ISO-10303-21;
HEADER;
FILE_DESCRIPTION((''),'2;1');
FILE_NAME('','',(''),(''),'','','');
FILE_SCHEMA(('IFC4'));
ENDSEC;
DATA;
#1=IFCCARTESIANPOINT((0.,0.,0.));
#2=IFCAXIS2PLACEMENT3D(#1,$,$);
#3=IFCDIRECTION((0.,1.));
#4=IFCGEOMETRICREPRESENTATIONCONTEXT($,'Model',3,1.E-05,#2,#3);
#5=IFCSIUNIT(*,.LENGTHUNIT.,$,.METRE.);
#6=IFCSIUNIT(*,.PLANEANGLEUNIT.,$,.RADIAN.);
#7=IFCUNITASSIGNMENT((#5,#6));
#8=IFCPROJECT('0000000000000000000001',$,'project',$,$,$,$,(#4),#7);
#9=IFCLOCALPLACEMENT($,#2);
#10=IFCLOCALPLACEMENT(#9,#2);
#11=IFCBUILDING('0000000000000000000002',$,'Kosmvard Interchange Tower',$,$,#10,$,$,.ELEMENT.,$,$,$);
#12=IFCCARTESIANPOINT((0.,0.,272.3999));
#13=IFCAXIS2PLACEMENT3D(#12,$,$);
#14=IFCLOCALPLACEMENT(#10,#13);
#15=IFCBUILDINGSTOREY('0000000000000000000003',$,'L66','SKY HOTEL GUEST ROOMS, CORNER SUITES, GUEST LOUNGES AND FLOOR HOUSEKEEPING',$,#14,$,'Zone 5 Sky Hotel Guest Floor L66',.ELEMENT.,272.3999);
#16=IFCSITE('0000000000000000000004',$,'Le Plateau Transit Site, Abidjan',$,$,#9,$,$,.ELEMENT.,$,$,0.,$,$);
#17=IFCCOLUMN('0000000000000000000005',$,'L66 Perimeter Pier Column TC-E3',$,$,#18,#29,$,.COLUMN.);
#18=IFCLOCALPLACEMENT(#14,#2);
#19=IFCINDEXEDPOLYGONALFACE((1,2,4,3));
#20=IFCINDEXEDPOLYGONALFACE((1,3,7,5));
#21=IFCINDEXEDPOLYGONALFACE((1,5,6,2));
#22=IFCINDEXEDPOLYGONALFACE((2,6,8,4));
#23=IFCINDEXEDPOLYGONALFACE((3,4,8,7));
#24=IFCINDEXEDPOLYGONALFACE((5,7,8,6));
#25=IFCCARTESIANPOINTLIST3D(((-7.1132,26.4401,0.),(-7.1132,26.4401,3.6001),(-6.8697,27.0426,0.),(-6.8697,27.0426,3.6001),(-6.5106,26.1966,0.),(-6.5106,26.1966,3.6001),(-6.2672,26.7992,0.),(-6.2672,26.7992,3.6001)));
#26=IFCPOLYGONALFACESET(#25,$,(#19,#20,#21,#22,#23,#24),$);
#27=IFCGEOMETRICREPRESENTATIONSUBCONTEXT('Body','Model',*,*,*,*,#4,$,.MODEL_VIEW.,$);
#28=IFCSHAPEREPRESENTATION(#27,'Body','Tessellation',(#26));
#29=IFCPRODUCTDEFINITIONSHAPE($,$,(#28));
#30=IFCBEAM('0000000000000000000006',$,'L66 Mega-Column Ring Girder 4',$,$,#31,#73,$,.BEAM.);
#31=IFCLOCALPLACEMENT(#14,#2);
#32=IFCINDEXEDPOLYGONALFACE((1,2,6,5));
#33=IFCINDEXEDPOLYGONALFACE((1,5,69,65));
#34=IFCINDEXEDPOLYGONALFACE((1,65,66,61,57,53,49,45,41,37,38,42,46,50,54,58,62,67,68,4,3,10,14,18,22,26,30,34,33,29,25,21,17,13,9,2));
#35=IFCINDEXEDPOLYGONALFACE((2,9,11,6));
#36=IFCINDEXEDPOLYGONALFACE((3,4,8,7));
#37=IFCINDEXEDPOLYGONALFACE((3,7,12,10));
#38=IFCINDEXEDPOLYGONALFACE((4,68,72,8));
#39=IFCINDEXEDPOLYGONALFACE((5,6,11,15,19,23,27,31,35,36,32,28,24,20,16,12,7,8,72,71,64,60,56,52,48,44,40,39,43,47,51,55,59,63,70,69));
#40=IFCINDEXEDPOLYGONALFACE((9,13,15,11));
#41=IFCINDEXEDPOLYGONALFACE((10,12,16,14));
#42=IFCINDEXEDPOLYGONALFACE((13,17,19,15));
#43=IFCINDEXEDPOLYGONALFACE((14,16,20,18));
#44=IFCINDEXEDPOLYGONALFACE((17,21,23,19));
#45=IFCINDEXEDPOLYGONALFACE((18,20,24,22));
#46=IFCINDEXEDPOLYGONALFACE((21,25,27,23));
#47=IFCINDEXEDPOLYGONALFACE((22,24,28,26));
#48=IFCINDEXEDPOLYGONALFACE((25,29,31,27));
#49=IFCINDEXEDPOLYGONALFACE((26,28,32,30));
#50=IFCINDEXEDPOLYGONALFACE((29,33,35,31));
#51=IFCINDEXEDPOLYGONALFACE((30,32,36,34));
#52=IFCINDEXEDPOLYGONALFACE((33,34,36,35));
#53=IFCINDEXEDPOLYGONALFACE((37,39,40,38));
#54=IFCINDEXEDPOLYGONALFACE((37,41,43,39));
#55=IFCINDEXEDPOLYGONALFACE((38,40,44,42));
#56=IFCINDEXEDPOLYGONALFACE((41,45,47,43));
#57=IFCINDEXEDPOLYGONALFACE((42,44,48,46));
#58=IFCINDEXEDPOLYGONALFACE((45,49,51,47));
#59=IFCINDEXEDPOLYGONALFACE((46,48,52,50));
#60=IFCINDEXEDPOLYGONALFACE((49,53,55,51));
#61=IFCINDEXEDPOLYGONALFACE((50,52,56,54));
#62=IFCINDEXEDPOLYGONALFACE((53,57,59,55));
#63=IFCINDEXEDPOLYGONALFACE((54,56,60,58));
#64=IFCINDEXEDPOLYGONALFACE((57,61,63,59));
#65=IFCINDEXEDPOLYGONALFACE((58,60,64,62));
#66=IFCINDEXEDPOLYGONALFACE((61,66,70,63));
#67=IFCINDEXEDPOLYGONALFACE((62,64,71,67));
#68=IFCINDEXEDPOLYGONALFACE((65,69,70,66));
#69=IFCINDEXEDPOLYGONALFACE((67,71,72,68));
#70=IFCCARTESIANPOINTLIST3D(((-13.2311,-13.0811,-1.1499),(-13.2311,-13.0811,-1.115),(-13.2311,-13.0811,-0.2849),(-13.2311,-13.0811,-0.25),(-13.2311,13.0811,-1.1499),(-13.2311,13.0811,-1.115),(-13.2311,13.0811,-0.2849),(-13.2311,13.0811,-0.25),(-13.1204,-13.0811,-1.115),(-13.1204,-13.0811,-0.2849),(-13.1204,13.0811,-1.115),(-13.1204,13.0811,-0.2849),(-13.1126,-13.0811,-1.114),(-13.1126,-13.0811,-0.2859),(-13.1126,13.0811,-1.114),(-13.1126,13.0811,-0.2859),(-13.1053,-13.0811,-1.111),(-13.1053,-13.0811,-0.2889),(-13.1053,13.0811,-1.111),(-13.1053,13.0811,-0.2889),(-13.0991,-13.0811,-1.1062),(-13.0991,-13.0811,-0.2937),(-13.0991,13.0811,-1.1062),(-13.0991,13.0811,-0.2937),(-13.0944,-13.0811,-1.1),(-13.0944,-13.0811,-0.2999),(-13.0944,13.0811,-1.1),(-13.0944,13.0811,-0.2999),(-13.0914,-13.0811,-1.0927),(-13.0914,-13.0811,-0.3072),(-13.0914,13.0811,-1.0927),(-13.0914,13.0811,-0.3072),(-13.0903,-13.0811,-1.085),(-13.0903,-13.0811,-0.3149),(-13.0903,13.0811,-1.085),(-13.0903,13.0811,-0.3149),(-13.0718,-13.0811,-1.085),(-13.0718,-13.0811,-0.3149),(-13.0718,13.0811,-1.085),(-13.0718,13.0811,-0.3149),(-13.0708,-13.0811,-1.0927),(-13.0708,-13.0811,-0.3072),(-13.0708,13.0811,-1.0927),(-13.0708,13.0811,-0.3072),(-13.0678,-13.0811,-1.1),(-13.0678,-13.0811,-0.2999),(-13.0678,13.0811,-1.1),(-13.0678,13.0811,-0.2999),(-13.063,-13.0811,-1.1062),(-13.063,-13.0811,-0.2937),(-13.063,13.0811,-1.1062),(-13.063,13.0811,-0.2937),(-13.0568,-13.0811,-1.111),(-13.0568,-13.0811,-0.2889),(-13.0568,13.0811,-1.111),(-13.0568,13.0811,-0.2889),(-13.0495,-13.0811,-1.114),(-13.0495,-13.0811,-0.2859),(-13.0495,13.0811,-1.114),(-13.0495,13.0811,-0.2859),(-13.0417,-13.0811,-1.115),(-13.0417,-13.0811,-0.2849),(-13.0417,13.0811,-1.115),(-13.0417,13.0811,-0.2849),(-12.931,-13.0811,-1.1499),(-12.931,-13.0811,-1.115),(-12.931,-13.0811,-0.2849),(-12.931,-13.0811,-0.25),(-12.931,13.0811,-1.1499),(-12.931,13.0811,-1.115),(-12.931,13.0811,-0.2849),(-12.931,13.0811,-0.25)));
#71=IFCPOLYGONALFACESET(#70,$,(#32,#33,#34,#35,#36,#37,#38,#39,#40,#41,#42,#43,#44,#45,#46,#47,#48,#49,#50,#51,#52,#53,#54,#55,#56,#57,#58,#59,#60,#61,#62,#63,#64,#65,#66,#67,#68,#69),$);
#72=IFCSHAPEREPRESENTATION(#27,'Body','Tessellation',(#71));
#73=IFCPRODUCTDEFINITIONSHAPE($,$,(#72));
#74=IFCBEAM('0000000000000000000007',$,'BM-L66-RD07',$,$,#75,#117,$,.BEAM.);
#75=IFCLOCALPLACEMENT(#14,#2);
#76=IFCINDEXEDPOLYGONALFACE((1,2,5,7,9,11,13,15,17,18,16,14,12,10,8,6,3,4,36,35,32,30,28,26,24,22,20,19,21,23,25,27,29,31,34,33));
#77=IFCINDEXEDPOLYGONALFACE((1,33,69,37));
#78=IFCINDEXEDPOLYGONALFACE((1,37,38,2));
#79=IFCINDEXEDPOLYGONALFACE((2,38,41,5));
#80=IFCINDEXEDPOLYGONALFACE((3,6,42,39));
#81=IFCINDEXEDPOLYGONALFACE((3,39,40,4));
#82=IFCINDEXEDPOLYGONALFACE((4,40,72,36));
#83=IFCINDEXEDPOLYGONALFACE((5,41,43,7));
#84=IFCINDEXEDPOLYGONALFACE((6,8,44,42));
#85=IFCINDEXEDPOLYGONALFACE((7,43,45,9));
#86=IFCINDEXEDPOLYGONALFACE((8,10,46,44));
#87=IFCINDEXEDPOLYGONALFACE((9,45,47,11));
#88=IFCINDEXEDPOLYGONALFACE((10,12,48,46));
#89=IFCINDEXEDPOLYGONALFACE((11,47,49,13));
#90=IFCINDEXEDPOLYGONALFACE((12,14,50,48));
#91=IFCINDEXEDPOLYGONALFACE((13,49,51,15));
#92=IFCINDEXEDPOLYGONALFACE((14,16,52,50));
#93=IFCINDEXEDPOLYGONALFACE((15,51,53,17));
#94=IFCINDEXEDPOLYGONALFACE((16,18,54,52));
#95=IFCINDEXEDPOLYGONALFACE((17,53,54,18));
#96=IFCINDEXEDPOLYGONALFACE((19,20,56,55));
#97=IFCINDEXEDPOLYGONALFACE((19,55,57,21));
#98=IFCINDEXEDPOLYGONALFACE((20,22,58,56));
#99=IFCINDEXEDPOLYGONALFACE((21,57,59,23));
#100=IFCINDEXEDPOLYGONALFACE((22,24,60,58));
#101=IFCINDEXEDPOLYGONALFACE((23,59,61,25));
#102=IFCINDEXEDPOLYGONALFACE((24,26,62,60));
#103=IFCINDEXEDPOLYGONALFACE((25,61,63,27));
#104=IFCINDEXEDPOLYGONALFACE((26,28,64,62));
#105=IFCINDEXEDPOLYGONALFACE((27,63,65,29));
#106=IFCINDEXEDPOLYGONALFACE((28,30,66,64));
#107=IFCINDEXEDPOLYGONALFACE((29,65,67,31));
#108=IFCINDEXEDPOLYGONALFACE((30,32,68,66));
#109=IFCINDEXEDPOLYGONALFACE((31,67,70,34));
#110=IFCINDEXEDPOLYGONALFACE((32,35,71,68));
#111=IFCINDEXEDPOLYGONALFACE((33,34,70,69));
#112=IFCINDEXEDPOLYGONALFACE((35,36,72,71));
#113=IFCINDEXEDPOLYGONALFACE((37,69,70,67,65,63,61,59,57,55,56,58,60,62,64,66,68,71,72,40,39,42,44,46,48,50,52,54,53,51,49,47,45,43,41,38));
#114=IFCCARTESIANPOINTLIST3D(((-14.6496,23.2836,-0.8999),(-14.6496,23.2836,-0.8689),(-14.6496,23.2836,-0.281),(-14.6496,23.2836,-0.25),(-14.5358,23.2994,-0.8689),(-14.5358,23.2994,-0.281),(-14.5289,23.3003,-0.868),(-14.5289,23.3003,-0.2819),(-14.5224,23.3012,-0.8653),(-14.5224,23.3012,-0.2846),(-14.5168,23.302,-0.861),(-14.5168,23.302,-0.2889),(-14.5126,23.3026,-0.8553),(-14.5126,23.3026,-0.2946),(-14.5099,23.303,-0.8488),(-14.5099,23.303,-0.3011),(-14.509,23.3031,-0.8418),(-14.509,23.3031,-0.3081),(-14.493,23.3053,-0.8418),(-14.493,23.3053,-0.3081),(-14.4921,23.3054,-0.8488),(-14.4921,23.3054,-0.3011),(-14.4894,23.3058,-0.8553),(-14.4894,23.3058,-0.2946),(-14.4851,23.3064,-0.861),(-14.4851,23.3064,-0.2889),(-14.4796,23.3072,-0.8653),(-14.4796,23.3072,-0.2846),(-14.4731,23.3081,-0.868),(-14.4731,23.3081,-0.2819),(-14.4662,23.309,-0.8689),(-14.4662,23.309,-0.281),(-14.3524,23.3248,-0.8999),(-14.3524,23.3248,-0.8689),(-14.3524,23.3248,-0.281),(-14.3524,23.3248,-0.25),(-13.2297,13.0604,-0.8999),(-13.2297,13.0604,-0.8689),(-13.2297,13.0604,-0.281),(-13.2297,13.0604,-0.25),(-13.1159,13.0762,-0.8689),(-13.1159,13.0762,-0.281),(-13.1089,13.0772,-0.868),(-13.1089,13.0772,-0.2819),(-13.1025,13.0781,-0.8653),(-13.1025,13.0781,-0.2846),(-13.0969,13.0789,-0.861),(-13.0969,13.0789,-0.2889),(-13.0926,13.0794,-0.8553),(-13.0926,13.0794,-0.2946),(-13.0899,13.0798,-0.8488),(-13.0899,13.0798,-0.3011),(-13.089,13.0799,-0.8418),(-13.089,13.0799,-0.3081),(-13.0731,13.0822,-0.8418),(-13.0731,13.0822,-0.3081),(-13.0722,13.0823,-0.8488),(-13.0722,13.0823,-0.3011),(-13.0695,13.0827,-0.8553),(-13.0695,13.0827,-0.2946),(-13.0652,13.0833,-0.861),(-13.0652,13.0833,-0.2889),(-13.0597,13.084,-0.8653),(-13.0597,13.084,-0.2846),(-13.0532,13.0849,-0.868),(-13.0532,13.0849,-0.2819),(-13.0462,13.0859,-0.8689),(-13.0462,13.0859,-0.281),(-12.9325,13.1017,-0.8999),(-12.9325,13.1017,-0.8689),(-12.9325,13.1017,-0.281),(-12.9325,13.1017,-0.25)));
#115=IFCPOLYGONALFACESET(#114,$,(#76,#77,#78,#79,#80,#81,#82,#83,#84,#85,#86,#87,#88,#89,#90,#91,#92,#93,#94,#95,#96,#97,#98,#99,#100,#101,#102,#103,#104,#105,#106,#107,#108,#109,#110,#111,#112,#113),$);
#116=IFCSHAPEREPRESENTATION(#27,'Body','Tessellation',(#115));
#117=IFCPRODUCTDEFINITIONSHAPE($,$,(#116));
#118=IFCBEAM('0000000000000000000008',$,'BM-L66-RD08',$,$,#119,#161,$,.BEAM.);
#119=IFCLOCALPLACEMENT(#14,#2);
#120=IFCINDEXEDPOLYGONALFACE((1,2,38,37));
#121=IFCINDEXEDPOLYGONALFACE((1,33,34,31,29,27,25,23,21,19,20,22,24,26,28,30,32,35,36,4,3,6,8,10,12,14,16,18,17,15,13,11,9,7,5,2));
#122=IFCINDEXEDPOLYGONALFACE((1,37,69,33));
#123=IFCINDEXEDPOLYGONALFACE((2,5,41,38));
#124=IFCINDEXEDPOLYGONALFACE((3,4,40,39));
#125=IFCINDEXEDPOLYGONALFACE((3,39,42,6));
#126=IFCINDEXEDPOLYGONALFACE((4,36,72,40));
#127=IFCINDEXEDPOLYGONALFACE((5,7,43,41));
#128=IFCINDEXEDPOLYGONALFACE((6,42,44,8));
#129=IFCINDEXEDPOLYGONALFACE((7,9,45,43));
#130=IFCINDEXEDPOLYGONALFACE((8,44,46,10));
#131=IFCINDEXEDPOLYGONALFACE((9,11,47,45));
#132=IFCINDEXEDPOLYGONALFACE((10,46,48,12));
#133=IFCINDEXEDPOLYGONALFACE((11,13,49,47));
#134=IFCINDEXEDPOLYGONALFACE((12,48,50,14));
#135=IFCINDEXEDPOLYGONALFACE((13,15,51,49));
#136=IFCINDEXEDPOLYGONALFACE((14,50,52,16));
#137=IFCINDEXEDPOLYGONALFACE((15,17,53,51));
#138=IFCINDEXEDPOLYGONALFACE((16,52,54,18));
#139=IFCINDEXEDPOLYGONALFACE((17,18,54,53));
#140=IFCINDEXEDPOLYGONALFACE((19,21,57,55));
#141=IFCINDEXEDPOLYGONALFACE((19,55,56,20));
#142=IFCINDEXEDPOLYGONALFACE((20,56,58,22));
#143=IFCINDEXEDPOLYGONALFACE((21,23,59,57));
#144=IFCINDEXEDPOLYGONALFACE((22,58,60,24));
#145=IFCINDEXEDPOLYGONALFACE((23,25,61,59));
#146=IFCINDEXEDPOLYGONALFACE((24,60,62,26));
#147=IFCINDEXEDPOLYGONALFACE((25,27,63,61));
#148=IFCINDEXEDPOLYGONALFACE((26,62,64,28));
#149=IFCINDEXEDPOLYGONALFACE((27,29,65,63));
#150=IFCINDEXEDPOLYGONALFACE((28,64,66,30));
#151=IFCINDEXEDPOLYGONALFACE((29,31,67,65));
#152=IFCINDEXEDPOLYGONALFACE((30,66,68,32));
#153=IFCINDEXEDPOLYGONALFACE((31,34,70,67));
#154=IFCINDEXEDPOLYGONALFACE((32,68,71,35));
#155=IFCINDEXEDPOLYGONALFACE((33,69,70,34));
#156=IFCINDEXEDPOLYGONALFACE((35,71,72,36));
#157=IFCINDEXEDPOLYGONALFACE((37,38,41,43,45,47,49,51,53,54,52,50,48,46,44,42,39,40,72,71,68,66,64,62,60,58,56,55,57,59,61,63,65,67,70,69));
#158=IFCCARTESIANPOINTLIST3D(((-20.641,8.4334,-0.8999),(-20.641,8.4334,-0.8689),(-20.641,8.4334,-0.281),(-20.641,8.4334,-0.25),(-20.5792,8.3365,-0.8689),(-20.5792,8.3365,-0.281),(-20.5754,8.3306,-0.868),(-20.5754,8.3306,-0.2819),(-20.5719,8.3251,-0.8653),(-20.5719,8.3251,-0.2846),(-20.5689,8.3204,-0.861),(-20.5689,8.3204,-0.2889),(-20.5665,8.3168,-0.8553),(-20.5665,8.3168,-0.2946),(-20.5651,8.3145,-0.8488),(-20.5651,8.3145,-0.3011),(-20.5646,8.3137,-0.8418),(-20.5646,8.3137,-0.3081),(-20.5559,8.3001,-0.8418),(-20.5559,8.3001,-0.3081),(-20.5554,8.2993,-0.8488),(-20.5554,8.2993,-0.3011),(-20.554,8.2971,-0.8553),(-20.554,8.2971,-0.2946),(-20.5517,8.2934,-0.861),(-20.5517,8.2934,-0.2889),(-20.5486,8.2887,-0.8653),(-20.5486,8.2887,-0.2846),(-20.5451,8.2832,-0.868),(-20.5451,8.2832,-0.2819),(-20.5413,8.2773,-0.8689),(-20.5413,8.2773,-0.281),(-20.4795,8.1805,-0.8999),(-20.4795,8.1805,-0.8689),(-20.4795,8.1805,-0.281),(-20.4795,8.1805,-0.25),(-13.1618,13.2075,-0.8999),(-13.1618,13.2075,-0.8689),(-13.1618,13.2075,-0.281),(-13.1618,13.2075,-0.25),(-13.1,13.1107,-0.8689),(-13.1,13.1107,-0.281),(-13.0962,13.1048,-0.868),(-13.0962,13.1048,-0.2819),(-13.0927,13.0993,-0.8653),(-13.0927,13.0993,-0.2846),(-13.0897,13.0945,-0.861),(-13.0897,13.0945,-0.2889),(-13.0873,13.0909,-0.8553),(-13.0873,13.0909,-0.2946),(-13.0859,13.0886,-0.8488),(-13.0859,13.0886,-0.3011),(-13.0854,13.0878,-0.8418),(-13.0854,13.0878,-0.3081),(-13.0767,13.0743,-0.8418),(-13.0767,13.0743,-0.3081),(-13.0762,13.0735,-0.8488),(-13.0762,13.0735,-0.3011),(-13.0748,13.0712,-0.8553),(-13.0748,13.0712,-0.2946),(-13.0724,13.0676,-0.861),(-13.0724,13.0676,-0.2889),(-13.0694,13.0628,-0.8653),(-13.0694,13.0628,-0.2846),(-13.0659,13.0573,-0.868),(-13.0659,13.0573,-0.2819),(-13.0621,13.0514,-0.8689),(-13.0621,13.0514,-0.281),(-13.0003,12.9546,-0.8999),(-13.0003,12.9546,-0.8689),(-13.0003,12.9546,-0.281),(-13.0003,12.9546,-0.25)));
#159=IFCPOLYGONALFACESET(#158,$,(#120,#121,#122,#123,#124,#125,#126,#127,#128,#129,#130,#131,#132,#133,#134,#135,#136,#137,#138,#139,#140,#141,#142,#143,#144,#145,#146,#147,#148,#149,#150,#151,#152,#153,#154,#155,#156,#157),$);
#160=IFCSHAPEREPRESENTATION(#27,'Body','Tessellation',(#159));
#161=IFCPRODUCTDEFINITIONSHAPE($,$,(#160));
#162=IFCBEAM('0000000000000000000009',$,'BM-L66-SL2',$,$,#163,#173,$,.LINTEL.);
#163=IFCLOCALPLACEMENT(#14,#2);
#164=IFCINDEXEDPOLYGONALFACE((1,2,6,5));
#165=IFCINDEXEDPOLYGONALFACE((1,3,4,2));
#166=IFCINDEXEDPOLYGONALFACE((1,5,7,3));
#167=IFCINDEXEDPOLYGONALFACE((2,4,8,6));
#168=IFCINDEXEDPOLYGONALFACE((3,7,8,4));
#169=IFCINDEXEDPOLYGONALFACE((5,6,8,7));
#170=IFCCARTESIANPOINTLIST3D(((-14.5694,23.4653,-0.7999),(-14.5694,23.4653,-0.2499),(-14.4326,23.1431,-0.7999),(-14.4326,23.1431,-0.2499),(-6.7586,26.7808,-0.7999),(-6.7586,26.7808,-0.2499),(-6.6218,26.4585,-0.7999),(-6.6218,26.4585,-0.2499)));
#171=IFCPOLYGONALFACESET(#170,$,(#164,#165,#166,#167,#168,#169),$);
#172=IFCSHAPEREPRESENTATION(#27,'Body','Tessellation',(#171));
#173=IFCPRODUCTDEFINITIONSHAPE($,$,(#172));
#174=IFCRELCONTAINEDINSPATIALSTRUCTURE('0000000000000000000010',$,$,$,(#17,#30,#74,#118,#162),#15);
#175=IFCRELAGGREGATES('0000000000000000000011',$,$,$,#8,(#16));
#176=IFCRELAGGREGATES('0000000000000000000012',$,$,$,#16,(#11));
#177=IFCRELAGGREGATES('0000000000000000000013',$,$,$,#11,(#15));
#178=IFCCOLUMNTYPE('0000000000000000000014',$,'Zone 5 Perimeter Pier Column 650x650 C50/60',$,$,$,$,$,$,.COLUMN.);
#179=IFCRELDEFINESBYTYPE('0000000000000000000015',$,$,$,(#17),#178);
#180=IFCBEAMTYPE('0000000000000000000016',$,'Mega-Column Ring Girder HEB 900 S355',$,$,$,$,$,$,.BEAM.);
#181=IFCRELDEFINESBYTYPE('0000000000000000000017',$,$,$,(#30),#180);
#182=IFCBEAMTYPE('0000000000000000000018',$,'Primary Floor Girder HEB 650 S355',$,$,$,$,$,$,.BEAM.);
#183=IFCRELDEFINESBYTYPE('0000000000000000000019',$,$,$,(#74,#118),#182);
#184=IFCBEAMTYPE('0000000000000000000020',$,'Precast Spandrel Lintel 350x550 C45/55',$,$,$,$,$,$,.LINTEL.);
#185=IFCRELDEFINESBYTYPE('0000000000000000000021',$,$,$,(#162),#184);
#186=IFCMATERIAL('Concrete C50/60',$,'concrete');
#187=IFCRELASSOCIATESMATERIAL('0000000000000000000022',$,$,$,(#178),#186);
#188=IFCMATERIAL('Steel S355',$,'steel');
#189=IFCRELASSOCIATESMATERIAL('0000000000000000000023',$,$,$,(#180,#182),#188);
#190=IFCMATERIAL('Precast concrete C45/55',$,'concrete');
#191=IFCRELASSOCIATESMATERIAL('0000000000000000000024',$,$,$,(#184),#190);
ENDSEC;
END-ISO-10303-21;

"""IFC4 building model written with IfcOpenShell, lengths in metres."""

from ifc_helpers import new_model, si_unit, direction, frame, origin, origin_2d, place, context, subcontext, project, spatial, rectangle, i_section, extrude, source, transform, mapped, material, material_profile, profile_set, type_object, element, save


model = new_model("IFC4")

# Units and contexts
model_context = context("Model", 3, precision=1e-05, world=origin(), true_north=direction((0.0, 1.0)))
body_context = subcontext(model_context, "Body", "Model", "MODEL_VIEW")
ifc_project = project(units=[si_unit("LENGTHUNIT", "METRE"), si_unit("PLANEANGLEUNIT", "RADIAN")], contexts=[model_context])

# Site, building, storey
site_placement = place(None, origin())
site = spatial("IfcSite", under=ifc_project, at=site_placement, Name="Le Plateau Transit Site, Abidjan", CompositionType="ELEMENT", RefElevation=0.0)
building_placement = place(site_placement, origin())
building = spatial("IfcBuilding", under=site, at=building_placement, Name="Kosmvard Interchange Tower", CompositionType="ELEMENT")
storey_placement = place(building_placement, frame((0.0, 0.0, 272.3999)))
storey = spatial("IfcBuildingStorey", under=building, at=storey_placement, Name="L66", Description="SKY HOTEL GUEST ROOMS, CORNER SUITES, GUEST LOUNGES AND FLOOR HOUSEKEEPING", LongName="Zone 5 Sky Hotel Guest Floor L66", CompositionType="ELEMENT", Elevation=272.3999)

# Column
ifc_material_1 = material(Name="Concrete C50/60", Category="concrete")
ifc_material_profile_1 = material_profile(ifc_material_1, rectangle(XDim=0.6499, YDim=0.6499, at=origin_2d()), Name="TC 650x650")
ifc_profile_set_1 = profile_set([ifc_material_profile_1], Name="Concrete C50/60")
column_type = type_object("IfcColumnType", Name="Zone 5 Perimeter Pier Column 650x650 C50/60", PredefinedType="COLUMN", material=ifc_profile_set_1)
shared_shape_1 = source(origin(), body_context, "Body", "SweptSolid", [
    extrude(rectangle(XDim=0.6499, YDim=0.6499, at=origin_2d()), origin(), (0.0, 0.0, 1.0), 3.6001),
])
column_placement = place(storey_placement, frame((-6.6902, 26.6196, 0.0), z_axis=(0.0, 0.0, 1.0), x_axis=(0.374607, 0.927184, 0.0)))
element("IfcColumn", 1, at=column_placement, inside=storey, type_object=column_type, Name="L66 Perimeter Pier Column TC-E3", PredefinedType="COLUMN", context=body_context, shape_type="MappedRepresentation", body=[
    mapped(shared_shape_1, transform((0.0, 0.0, 0.0), scale=1.0)),
])

# Beams
ifc_material_2 = material(Name="Steel S355", Category="steel")
ifc_material_profile_2 = material_profile(ifc_material_2, i_section(OverallWidth=0.3, OverallDepth=0.8999, WebThickness=0.0186, FlangeThickness=0.0349, FilletRadius=0.03, at=origin_2d()), Name="HEB 900")
ifc_profile_set_2 = profile_set([ifc_material_profile_2], Name="Steel S355")
beam_type_1 = type_object("IfcBeamType", Name="Mega-Column Ring Girder HEB 900 S355", PredefinedType="BEAM", material=ifc_profile_set_2)
shared_shape_2 = source(origin(), body_context, "Body", "SweptSolid", [
    extrude(i_section(OverallWidth=0.3, OverallDepth=0.8999, WebThickness=0.0186, FlangeThickness=0.0349, FilletRadius=0.03, at=origin_2d()), origin(), (0.0, 0.0, 1.0), 26.1621),
])
beam_1_placement = place(storey_placement, frame((-13.0811, 13.0811, -0.7), z_axis=(0.0, -1.0, 0.0), x_axis=(1.0, 0.0, 0.0)))
element("IfcBeam", 2, at=beam_1_placement, inside=storey, type_object=beam_type_1, Name="L66 Mega-Column Ring Girder 4", PredefinedType="BEAM", context=body_context, shape_type="MappedRepresentation", body=[
    mapped(shared_shape_2, transform((0.0, 0.0, 0.0), scale=1.0)),
])
ifc_material_profile_3 = material_profile(ifc_material_2, i_section(OverallWidth=0.3, OverallDepth=0.6499, WebThickness=0.0161, FlangeThickness=0.031, FilletRadius=0.0271, at=origin_2d()), Name="HEB 650")
ifc_profile_set_3 = profile_set([ifc_material_profile_3], Name="Steel S355")
beam_type_2 = type_object("IfcBeamType", Name="Primary Floor Girder HEB 650 S355", PredefinedType="BEAM", material=ifc_profile_set_3)
shared_shape_3 = source(origin(), body_context, "Body", "SweptSolid", [
    extrude(i_section(OverallWidth=0.3, OverallDepth=0.6499, WebThickness=0.0161, FlangeThickness=0.031, FilletRadius=0.0271, at=origin_2d()), origin(), (0.0, 0.0, 1.0), 10.3213),
])
beam_2_placement = place(storey_placement, frame((-13.0811, 13.0811, -0.575), z_axis=(-0.137572, 0.990492, 0.0), x_axis=(-0.990492, -0.137572, 0.0)))
element("IfcBeam", 3, at=beam_2_placement, inside=storey, type_object=beam_type_2, Name="BM-L66-RD07", PredefinedType="BEAM", context=body_context, shape_type="MappedRepresentation", body=[
    mapped(shared_shape_3, transform((0.0, 0.0, 0.0), scale=1.0)),
])
shared_shape_4 = source(origin(), body_context, "Body", "SweptSolid", [
    extrude(i_section(OverallWidth=0.3, OverallDepth=0.6499, WebThickness=0.0161, FlangeThickness=0.031, FilletRadius=0.0271, at=origin_2d()), origin(), (0.0, 0.0, 1.0), 8.873),
])
beam_3_placement = place(storey_placement, frame((-13.0811, 13.0811, -0.575), z_axis=(-0.842913, -0.53805, 0.0), x_axis=(0.53805, -0.842913, 0.0)))
element("IfcBeam", 4, at=beam_3_placement, inside=storey, type_object=beam_type_2, Name="BM-L66-RD08", PredefinedType="BEAM", context=body_context, shape_type="MappedRepresentation", body=[
    mapped(shared_shape_4, transform((0.0, 0.0, 0.0), scale=1.0)),
])
ifc_material_3 = material(Name="Precast concrete C45/55", Category="concrete")
ifc_material_profile_4 = material_profile(ifc_material_3, rectangle(XDim=0.3501, YDim=0.55, at=origin_2d()), Name="SL 350x550")
ifc_profile_set_4 = profile_set([ifc_material_profile_4], Name="Precast concrete C45/55")
beam_type_3 = type_object("IfcBeamType", Name="Precast Spandrel Lintel 350x550 C45/55", PredefinedType="LINTEL", material=ifc_profile_set_4)
shared_shape_5 = source(origin(), body_context, "Body", "SweptSolid", [
    extrude(rectangle(XDim=0.3501, YDim=0.55, at=origin_2d()), origin(), (0.0, 0.0, 1.0), 8.4854),
])
beam_4_placement = place(storey_placement, frame((-6.6902, 26.6196, -0.5249), z_axis=(-0.920507, -0.390726, 0.0), x_axis=(0.390726, -0.920507, 0.0)))
element("IfcBeam", 5, at=beam_4_placement, inside=storey, type_object=beam_type_3, Name="BM-L66-SL2", PredefinedType="LINTEL", context=body_context, shape_type="MappedRepresentation", body=[
    mapped(shared_shape_5, transform((0.0, 0.0, 0.0), scale=1.0)),
])

save(model, "model.ifc")
